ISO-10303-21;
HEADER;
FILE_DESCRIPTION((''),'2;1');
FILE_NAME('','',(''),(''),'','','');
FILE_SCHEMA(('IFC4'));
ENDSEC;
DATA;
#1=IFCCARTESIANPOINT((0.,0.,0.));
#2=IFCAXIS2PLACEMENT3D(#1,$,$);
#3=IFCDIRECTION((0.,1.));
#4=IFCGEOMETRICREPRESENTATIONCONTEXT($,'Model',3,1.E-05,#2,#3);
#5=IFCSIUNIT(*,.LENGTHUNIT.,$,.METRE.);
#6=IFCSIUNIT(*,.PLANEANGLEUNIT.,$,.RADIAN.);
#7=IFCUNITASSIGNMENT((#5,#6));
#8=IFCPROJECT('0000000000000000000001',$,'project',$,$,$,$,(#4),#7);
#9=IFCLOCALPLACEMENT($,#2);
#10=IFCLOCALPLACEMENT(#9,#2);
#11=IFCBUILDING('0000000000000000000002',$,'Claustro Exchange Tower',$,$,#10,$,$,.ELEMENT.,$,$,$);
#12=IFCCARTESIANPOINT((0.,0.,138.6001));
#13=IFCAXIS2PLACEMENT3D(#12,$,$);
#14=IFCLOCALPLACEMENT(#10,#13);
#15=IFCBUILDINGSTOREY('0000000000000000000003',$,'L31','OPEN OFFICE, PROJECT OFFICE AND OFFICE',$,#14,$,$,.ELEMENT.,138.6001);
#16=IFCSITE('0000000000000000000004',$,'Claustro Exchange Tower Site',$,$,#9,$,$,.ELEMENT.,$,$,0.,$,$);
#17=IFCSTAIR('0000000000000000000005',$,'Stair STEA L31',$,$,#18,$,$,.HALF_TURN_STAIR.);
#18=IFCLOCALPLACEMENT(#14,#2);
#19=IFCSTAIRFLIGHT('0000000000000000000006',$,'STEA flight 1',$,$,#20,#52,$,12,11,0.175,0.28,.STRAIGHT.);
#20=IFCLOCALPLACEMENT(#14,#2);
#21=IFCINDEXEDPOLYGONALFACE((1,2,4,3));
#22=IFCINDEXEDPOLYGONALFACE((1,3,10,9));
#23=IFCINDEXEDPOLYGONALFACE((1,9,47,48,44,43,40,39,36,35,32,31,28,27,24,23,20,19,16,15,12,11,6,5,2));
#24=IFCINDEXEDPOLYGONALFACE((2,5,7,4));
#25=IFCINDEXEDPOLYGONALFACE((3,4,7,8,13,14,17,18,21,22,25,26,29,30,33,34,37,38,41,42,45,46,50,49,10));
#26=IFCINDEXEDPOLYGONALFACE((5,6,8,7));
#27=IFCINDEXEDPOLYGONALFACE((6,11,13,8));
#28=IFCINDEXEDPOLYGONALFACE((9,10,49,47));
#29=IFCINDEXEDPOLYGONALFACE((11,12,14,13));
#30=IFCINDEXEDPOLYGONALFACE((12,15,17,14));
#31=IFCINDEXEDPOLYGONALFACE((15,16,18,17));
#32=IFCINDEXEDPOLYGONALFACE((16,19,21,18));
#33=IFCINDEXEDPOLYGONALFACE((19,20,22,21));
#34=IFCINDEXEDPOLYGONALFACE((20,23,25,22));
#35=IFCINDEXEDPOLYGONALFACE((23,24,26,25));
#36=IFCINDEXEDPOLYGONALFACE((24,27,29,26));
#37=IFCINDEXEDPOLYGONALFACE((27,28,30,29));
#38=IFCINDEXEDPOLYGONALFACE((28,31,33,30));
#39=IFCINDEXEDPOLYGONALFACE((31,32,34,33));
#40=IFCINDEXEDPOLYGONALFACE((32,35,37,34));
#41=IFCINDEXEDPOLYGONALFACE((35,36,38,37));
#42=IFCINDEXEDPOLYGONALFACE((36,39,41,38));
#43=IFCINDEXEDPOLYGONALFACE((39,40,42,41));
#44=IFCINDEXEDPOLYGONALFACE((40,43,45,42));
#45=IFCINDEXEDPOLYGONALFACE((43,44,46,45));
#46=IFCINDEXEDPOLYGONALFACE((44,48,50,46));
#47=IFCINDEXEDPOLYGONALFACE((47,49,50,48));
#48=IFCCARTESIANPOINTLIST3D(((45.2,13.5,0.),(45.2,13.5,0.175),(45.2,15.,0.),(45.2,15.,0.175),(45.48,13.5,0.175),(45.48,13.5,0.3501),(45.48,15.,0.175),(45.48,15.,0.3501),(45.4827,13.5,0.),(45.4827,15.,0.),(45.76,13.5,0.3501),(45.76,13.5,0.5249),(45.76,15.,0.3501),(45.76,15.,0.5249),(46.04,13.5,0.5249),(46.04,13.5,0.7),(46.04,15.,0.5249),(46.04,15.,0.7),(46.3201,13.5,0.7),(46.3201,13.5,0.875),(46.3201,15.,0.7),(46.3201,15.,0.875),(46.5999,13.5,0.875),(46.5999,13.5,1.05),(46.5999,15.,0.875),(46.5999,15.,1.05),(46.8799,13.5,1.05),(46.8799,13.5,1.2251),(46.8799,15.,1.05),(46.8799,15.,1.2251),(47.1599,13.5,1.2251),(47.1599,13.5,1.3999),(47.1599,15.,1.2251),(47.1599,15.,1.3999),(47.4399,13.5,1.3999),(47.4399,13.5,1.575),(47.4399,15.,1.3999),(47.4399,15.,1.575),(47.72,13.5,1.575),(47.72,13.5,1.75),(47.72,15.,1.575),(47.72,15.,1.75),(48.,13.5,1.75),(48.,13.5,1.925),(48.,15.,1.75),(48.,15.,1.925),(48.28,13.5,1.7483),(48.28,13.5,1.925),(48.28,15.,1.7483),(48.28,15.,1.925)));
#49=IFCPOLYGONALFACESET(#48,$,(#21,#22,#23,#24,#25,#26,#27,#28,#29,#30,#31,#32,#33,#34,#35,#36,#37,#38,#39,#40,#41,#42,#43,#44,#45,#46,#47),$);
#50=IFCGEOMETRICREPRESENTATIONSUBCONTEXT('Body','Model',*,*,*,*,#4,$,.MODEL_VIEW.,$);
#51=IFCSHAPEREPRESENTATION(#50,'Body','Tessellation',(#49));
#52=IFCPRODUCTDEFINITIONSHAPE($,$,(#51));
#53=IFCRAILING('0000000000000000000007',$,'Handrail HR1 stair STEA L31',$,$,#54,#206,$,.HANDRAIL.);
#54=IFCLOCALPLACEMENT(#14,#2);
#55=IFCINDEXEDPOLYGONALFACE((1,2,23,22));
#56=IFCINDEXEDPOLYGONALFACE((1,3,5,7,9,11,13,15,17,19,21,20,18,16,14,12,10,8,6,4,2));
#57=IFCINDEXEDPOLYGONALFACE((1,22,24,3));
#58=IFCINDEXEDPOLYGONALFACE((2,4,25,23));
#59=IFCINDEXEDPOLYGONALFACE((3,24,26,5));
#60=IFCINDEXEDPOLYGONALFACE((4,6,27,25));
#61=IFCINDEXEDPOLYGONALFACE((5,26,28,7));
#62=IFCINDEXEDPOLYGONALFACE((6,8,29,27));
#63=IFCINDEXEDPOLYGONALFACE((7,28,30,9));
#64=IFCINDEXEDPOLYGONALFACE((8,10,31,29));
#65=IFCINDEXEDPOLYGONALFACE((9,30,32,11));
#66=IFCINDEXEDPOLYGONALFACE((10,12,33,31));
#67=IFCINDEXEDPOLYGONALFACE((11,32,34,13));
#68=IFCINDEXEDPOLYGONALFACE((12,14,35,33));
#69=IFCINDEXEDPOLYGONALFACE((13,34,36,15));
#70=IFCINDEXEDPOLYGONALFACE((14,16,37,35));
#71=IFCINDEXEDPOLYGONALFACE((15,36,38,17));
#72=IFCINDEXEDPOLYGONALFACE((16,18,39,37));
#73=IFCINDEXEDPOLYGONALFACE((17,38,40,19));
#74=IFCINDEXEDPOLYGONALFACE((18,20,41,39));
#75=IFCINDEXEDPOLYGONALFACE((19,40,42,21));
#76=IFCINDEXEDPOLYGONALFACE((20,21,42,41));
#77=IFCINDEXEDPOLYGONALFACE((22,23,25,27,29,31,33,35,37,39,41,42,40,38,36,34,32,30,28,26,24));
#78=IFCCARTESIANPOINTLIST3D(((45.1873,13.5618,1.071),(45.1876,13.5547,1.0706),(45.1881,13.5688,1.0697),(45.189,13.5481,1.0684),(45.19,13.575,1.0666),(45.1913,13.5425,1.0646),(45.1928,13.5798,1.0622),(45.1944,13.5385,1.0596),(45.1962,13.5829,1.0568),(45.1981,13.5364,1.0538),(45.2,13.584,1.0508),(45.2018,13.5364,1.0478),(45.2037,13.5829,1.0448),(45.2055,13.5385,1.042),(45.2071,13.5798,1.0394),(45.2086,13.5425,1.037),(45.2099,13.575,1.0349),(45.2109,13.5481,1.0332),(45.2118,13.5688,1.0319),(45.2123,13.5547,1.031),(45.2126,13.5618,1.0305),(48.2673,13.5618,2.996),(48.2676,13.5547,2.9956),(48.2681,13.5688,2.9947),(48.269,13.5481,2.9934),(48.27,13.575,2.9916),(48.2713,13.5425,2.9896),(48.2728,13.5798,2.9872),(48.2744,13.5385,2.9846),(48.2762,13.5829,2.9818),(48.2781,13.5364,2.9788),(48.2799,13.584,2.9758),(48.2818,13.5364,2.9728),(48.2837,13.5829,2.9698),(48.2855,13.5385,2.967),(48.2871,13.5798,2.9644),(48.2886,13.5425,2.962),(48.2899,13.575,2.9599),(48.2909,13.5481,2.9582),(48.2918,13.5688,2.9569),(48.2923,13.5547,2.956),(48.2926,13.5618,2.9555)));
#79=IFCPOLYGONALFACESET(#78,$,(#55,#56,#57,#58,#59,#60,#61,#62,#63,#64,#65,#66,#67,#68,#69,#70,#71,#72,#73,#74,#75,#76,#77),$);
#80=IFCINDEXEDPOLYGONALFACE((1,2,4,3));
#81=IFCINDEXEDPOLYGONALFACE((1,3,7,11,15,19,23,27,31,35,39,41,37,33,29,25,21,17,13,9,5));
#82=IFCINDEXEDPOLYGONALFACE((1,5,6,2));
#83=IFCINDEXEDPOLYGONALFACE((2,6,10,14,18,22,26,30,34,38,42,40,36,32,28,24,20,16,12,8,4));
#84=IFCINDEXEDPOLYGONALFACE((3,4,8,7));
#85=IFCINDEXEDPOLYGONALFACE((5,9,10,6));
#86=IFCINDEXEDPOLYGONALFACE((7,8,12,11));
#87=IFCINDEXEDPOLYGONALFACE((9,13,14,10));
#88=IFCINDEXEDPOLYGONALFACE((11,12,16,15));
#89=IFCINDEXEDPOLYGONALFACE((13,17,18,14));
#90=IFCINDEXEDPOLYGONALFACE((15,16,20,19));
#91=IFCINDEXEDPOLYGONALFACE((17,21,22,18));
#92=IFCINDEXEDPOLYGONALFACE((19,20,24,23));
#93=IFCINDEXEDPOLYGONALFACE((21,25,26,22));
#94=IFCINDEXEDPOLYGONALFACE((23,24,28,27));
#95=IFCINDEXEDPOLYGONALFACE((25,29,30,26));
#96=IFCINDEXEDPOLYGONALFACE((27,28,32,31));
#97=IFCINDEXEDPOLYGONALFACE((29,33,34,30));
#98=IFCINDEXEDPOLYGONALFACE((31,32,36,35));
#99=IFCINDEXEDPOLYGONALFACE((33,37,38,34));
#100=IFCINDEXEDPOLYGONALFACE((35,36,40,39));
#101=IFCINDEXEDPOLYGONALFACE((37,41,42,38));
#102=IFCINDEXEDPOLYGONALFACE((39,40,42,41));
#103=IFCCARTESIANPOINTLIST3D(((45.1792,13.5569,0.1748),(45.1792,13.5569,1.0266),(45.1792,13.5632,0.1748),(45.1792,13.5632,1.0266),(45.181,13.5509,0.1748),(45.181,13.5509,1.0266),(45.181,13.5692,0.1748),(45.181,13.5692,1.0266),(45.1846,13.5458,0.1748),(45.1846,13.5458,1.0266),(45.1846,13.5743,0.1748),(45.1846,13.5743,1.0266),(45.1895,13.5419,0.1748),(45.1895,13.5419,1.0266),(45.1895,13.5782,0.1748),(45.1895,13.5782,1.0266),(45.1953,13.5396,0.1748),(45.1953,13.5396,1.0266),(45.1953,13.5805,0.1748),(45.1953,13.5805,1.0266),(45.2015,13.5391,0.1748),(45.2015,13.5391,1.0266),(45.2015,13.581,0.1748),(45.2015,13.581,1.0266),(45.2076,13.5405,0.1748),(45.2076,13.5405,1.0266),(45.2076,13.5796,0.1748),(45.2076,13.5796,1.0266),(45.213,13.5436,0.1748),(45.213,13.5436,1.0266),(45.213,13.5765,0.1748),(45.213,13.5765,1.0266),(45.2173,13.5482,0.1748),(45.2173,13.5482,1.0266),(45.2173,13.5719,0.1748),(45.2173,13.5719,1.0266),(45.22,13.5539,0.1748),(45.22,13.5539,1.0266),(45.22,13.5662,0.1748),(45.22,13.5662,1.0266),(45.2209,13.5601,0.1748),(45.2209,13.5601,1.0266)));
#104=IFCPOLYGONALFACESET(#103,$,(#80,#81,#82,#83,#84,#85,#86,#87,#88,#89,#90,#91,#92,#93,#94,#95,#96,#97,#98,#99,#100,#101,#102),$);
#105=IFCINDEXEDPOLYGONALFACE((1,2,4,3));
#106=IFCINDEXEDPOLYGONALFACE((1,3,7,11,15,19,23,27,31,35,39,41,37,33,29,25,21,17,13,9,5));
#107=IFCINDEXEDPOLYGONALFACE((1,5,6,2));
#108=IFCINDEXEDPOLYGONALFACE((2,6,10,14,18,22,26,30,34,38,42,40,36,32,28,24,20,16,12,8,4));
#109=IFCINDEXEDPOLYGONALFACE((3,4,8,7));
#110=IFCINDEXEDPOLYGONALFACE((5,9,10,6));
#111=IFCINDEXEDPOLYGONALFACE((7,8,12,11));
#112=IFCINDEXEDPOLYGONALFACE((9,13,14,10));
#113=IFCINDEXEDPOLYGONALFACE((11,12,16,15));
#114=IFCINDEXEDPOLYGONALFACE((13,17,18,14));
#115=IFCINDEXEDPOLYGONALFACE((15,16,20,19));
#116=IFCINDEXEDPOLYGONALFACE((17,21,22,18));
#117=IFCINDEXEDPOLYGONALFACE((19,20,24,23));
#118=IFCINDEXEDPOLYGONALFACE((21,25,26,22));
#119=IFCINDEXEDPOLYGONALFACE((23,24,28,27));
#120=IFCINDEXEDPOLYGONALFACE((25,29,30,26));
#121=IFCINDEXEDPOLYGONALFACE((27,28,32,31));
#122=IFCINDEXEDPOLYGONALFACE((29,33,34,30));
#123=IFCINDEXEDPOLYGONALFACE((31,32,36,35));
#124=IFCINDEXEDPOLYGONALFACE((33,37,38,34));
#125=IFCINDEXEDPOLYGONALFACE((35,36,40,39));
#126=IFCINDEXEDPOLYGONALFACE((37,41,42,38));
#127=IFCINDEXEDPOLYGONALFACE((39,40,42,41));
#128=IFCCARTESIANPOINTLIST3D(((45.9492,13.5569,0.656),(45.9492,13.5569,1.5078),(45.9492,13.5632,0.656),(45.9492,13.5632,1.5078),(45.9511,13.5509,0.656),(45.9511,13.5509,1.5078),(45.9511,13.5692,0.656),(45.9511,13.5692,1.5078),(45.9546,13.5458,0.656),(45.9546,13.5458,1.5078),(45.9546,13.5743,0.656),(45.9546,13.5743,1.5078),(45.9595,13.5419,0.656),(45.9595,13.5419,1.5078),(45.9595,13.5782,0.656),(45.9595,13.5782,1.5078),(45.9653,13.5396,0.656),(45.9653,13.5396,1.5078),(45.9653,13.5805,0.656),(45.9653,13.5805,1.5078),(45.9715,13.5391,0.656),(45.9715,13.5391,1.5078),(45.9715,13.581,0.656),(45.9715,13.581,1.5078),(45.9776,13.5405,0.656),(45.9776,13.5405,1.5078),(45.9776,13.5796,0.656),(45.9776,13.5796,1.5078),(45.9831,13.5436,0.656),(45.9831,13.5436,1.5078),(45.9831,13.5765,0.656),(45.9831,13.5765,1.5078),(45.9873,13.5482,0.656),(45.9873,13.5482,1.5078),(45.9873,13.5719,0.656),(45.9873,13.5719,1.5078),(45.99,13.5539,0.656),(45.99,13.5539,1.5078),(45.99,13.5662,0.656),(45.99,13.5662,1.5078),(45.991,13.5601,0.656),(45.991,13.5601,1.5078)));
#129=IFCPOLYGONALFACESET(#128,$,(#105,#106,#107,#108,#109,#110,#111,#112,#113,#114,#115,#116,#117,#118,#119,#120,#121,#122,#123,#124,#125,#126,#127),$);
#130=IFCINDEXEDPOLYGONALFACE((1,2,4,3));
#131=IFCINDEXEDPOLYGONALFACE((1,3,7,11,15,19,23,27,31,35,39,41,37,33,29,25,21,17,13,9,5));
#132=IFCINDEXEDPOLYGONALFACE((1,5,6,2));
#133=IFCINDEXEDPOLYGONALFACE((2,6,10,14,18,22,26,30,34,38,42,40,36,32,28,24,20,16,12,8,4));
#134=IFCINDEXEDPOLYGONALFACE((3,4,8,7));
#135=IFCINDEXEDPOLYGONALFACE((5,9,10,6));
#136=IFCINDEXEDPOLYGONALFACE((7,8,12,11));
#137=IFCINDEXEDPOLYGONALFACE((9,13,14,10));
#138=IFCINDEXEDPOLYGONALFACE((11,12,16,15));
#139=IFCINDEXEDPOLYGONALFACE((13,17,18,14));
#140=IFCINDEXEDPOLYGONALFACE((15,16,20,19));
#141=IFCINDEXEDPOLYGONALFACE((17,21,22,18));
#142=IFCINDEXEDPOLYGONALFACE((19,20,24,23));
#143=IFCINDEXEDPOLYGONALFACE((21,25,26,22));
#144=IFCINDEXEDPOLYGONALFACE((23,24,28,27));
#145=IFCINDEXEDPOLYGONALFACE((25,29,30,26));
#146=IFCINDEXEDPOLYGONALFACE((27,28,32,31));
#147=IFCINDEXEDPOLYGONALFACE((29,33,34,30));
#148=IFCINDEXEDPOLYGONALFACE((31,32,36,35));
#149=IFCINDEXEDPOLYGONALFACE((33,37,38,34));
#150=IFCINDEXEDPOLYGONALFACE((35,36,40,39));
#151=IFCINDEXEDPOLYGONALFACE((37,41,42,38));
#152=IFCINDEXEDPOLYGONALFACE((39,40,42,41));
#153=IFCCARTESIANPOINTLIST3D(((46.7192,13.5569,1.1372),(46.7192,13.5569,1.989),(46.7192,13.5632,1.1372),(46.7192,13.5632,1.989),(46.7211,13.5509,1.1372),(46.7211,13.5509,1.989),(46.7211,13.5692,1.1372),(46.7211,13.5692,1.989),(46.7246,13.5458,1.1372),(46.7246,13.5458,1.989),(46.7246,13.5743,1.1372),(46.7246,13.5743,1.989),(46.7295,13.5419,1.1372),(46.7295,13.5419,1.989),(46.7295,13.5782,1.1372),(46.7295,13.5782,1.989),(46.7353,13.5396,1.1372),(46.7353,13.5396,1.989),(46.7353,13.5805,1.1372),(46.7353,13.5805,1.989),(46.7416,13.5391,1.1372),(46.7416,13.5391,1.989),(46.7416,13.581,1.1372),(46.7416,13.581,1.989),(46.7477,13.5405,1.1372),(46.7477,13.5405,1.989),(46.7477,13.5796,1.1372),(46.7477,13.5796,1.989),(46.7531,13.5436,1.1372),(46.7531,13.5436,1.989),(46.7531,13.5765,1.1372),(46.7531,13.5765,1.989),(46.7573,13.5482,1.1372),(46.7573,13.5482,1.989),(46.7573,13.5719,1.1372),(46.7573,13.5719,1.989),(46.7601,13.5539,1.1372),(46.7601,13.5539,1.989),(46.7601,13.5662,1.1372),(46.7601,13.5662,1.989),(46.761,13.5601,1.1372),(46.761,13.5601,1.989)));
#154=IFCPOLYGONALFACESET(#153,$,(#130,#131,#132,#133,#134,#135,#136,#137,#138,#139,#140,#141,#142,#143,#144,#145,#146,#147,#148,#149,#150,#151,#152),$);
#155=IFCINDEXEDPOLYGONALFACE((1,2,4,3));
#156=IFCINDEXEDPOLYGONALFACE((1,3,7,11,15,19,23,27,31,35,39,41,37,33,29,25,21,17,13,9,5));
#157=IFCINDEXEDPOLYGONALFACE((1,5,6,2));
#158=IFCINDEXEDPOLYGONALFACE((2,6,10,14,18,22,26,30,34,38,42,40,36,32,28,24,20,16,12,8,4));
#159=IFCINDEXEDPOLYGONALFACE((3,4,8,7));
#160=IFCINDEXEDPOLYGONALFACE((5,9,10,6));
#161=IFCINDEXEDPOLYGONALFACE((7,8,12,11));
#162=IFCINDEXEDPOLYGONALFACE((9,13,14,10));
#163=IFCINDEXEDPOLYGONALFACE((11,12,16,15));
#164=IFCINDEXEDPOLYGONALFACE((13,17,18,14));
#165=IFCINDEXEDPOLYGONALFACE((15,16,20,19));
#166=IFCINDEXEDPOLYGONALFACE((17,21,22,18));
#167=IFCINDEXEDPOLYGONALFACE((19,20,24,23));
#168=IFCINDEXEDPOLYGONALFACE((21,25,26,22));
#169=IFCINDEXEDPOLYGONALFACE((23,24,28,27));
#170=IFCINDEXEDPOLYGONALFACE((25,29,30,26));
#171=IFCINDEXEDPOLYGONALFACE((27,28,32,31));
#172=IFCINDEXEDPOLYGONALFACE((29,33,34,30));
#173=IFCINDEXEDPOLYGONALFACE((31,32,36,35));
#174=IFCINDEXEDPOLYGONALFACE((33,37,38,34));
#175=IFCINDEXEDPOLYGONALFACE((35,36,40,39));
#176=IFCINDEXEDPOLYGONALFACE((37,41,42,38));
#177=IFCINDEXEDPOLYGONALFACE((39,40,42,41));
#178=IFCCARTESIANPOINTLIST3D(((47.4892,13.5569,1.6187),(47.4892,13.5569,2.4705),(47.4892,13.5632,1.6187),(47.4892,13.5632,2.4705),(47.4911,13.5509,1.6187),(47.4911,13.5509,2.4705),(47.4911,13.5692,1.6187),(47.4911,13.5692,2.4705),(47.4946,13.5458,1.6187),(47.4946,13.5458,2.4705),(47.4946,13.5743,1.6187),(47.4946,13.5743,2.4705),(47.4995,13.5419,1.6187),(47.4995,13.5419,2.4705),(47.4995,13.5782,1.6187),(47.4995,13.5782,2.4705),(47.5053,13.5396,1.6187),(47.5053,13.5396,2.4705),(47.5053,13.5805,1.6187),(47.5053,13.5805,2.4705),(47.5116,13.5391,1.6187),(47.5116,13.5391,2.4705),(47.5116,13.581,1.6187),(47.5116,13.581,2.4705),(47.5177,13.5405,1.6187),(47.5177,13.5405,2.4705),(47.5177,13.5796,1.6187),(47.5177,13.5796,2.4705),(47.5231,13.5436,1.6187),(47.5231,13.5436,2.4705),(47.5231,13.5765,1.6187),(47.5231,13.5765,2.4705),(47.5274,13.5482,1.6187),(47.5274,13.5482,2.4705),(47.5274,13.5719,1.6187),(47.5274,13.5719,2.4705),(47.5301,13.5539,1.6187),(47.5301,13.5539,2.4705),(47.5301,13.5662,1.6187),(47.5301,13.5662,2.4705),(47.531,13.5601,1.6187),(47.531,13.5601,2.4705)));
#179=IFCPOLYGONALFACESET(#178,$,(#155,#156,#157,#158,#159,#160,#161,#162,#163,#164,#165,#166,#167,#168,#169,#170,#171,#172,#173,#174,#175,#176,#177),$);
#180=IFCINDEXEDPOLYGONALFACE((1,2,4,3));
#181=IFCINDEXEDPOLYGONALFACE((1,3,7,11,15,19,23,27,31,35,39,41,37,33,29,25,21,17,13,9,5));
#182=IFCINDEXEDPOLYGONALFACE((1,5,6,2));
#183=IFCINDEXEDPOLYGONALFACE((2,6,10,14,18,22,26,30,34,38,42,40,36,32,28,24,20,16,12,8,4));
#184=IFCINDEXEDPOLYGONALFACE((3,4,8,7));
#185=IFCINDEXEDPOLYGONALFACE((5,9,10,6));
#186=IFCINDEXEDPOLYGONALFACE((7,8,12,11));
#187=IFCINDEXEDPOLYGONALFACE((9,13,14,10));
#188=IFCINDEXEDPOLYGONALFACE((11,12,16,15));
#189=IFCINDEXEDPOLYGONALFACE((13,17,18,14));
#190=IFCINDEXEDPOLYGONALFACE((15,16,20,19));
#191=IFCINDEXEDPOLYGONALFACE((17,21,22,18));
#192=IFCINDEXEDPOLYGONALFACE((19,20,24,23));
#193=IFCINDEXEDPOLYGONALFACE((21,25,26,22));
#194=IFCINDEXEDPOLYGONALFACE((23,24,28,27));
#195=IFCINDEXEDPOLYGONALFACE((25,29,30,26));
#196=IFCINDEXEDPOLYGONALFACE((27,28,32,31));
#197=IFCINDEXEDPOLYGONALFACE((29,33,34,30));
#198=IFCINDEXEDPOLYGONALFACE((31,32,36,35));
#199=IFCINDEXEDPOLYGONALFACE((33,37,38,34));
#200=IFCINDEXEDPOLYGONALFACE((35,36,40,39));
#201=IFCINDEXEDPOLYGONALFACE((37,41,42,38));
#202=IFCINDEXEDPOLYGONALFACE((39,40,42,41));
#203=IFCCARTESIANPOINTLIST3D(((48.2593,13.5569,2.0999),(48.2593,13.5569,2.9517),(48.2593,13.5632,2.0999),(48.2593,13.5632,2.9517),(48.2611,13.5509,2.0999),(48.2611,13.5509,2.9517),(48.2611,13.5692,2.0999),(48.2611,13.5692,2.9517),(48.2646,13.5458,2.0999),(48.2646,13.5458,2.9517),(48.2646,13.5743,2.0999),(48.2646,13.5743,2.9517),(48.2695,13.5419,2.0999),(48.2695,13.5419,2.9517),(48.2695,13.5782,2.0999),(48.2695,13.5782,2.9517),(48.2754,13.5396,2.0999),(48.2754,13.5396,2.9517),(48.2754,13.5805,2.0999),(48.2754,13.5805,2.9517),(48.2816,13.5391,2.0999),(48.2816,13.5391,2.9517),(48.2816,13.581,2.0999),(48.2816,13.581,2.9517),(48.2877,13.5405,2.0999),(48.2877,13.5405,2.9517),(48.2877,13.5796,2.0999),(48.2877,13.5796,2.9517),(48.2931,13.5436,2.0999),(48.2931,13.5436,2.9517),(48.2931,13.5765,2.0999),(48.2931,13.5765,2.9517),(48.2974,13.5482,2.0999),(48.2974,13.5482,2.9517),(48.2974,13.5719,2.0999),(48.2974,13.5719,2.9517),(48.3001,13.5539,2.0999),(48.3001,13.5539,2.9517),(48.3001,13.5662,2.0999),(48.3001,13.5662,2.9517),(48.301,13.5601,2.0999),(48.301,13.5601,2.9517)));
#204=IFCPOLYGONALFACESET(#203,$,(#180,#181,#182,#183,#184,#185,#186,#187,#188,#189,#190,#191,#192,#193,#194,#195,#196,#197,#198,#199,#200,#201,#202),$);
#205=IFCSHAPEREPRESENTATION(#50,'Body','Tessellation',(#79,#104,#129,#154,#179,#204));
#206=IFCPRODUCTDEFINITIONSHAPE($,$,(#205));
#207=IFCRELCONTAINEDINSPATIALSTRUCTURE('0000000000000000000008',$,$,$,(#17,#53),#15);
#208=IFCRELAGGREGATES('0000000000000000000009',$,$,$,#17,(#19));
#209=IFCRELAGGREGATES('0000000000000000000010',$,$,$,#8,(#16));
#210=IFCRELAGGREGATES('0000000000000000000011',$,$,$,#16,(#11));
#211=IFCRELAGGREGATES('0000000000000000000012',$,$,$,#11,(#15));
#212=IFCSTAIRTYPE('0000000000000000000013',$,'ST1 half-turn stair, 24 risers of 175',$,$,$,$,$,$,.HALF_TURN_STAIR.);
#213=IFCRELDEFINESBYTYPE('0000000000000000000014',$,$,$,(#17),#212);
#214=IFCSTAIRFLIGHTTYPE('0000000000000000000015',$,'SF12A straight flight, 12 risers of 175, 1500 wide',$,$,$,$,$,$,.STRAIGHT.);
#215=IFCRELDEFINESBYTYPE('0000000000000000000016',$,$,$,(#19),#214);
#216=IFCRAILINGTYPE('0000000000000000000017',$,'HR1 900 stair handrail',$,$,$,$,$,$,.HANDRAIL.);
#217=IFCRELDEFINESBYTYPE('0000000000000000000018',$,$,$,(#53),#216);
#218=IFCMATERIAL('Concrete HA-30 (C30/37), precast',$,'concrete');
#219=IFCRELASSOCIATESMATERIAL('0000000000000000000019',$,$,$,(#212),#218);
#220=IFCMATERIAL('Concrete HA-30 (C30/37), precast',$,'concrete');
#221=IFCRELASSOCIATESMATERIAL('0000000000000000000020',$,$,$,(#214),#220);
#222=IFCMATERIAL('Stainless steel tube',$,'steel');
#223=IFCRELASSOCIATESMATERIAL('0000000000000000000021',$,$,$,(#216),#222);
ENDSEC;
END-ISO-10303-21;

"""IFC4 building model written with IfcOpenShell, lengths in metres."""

from ifc_helpers import new_model, si_unit, direction, frame, origin, origin_2d, place, context, subcontext, project, spatial, polyline, circle, outline, extrude, material, type_object, element, aggregate, save


model = new_model("IFC4")

# Units and contexts
model_context = context("Model", 3, precision=1e-05, world=origin(), true_north=direction((0.0, 1.0)))
body_context = subcontext(model_context, "Body", "Model", "MODEL_VIEW")
ifc_project = project(units=[si_unit("LENGTHUNIT", "METRE"), si_unit("PLANEANGLEUNIT", "RADIAN")], contexts=[model_context])

# Site, building, storey
site_placement = place(None, origin())
site = spatial("IfcSite", under=ifc_project, at=site_placement, Name="Claustro Exchange Tower Site", CompositionType="ELEMENT", RefElevation=0.0)
building_placement = place(site_placement, origin())
building = spatial("IfcBuilding", under=site, at=building_placement, Name="Claustro Exchange Tower", CompositionType="ELEMENT")
storey_placement = place(building_placement, frame((0.0, 0.0, 138.6001)))
storey = spatial("IfcBuildingStorey", under=building, at=storey_placement, Name="L31", Description="OPEN OFFICE, PROJECT OFFICE AND OFFICE", CompositionType="ELEMENT", Elevation=138.6001)

# Stair, stair flight
ifc_material_1 = material(Name="Concrete HA-30 (C30/37), precast", Category="concrete")
stair_type = type_object("IfcStairType", Name="ST1 half-turn stair, 24 risers of 175", PredefinedType="HALF_TURN_STAIR", material=ifc_material_1)
stair_placement = place(storey_placement, origin())
stair = element("IfcStair", 1, at=stair_placement, inside=storey, type_object=stair_type, Name="Stair STEA L31", PredefinedType="HALF_TURN_STAIR")
ifc_material_2 = material(Name="Concrete HA-30 (C30/37), precast", Category="concrete")
stair_flight_type = type_object("IfcStairFlightType", Name="SF12A straight flight, 12 risers of 175, 1500 wide", PredefinedType="STRAIGHT", material=ifc_material_2)
stair_flight_placement = place(storey_placement, frame((45.2, 14.25, 0.0), z_axis=(0.0, 0.0, 1.0), x_axis=(1.0, 0.0, 0.0)))
stair_flight = element("IfcStairFlight", 2, at=stair_flight_placement, type_object=stair_flight_type, Name="STEA flight 1", NumberOfRisers=12, NumberOfTreads=11, PredefinedType="STRAIGHT", RiserHeight=0.175, TreadLength=0.28, context=body_context, shape_type="SweptSolid", body=[
    extrude(outline(polyline([(0.0, 0.0), (0.0, 0.175), (0.28, 0.175), (0.28, 0.3501), (0.5601, 0.3501), (0.5601, 0.5249), (0.8401, 0.5249), (0.8401, 0.7), (1.1201, 0.7), (1.1201, 0.875), (1.3999, 0.875), (1.3999, 1.05), (1.6799, 1.05), (1.6799, 1.2251), (1.96, 1.2251), (1.96, 1.3999), (2.24, 1.3999), (2.24, 1.575), (2.52, 1.575), (2.52, 1.75), (2.8, 1.75), (2.8, 1.925), (3.0801, 1.925), (3.0801, 2.1001), (3.0801, 1.7483), (0.2827, 0.0), (0.0, 0.0)])), frame((0.0, 0.75, 0.0), z_axis=(0.0, -1.0, 0.0), x_axis=(1.0, 0.0, 0.0)), (0.0, 0.0, 1.0), 1.5),
])
aggregate(stair, [stair_flight])

# Railing
ifc_material_3 = material(Name="Stainless steel tube", Category="steel")
railing_type_1 = type_object("IfcRailingType", Name="HR1 900 stair handrail", PredefinedType="HANDRAIL", material=ifc_material_3)
railing_1_placement = place(storey_placement, frame((45.2, 13.5601, 0.1748)))
element("IfcRailing", 3, at=railing_1_placement, inside=storey, type_object=railing_type_1, Name="Handrail HR1 stair STEA L31", PredefinedType="HANDRAIL", context=body_context, shape_type="SweptSolid", body=[
    extrude(circle(Radius=0.0239, at=origin_2d()), frame((0.0, 0.0, 0.876), z_axis=(0.847998, 0.0, 0.529999), x_axis=(0.0, 1.0, 0.0)), (0.0, 0.0, 1.0), 3.6321),
    extrude(circle(Radius=0.021, at=origin_2d()), origin(), (0.0, 0.0, 1.0), 0.8518),
    extrude(circle(Radius=0.021, at=origin_2d()), frame((0.77, 0.0, 0.4812)), (0.0, 0.0, 1.0), 0.8518),
    extrude(circle(Radius=0.021, at=origin_2d()), frame((1.54, 0.0, 0.9624)), (0.0, 0.0, 1.0), 0.8518),
    extrude(circle(Radius=0.021, at=origin_2d()), frame((2.3101, 0.0, 1.4438)), (0.0, 0.0, 1.0), 0.8518),
    extrude(circle(Radius=0.021, at=origin_2d()), frame((3.0801, 0.0, 1.925)), (0.0, 0.0, 1.0), 0.8518),
])

save(model, "model.ifc")
